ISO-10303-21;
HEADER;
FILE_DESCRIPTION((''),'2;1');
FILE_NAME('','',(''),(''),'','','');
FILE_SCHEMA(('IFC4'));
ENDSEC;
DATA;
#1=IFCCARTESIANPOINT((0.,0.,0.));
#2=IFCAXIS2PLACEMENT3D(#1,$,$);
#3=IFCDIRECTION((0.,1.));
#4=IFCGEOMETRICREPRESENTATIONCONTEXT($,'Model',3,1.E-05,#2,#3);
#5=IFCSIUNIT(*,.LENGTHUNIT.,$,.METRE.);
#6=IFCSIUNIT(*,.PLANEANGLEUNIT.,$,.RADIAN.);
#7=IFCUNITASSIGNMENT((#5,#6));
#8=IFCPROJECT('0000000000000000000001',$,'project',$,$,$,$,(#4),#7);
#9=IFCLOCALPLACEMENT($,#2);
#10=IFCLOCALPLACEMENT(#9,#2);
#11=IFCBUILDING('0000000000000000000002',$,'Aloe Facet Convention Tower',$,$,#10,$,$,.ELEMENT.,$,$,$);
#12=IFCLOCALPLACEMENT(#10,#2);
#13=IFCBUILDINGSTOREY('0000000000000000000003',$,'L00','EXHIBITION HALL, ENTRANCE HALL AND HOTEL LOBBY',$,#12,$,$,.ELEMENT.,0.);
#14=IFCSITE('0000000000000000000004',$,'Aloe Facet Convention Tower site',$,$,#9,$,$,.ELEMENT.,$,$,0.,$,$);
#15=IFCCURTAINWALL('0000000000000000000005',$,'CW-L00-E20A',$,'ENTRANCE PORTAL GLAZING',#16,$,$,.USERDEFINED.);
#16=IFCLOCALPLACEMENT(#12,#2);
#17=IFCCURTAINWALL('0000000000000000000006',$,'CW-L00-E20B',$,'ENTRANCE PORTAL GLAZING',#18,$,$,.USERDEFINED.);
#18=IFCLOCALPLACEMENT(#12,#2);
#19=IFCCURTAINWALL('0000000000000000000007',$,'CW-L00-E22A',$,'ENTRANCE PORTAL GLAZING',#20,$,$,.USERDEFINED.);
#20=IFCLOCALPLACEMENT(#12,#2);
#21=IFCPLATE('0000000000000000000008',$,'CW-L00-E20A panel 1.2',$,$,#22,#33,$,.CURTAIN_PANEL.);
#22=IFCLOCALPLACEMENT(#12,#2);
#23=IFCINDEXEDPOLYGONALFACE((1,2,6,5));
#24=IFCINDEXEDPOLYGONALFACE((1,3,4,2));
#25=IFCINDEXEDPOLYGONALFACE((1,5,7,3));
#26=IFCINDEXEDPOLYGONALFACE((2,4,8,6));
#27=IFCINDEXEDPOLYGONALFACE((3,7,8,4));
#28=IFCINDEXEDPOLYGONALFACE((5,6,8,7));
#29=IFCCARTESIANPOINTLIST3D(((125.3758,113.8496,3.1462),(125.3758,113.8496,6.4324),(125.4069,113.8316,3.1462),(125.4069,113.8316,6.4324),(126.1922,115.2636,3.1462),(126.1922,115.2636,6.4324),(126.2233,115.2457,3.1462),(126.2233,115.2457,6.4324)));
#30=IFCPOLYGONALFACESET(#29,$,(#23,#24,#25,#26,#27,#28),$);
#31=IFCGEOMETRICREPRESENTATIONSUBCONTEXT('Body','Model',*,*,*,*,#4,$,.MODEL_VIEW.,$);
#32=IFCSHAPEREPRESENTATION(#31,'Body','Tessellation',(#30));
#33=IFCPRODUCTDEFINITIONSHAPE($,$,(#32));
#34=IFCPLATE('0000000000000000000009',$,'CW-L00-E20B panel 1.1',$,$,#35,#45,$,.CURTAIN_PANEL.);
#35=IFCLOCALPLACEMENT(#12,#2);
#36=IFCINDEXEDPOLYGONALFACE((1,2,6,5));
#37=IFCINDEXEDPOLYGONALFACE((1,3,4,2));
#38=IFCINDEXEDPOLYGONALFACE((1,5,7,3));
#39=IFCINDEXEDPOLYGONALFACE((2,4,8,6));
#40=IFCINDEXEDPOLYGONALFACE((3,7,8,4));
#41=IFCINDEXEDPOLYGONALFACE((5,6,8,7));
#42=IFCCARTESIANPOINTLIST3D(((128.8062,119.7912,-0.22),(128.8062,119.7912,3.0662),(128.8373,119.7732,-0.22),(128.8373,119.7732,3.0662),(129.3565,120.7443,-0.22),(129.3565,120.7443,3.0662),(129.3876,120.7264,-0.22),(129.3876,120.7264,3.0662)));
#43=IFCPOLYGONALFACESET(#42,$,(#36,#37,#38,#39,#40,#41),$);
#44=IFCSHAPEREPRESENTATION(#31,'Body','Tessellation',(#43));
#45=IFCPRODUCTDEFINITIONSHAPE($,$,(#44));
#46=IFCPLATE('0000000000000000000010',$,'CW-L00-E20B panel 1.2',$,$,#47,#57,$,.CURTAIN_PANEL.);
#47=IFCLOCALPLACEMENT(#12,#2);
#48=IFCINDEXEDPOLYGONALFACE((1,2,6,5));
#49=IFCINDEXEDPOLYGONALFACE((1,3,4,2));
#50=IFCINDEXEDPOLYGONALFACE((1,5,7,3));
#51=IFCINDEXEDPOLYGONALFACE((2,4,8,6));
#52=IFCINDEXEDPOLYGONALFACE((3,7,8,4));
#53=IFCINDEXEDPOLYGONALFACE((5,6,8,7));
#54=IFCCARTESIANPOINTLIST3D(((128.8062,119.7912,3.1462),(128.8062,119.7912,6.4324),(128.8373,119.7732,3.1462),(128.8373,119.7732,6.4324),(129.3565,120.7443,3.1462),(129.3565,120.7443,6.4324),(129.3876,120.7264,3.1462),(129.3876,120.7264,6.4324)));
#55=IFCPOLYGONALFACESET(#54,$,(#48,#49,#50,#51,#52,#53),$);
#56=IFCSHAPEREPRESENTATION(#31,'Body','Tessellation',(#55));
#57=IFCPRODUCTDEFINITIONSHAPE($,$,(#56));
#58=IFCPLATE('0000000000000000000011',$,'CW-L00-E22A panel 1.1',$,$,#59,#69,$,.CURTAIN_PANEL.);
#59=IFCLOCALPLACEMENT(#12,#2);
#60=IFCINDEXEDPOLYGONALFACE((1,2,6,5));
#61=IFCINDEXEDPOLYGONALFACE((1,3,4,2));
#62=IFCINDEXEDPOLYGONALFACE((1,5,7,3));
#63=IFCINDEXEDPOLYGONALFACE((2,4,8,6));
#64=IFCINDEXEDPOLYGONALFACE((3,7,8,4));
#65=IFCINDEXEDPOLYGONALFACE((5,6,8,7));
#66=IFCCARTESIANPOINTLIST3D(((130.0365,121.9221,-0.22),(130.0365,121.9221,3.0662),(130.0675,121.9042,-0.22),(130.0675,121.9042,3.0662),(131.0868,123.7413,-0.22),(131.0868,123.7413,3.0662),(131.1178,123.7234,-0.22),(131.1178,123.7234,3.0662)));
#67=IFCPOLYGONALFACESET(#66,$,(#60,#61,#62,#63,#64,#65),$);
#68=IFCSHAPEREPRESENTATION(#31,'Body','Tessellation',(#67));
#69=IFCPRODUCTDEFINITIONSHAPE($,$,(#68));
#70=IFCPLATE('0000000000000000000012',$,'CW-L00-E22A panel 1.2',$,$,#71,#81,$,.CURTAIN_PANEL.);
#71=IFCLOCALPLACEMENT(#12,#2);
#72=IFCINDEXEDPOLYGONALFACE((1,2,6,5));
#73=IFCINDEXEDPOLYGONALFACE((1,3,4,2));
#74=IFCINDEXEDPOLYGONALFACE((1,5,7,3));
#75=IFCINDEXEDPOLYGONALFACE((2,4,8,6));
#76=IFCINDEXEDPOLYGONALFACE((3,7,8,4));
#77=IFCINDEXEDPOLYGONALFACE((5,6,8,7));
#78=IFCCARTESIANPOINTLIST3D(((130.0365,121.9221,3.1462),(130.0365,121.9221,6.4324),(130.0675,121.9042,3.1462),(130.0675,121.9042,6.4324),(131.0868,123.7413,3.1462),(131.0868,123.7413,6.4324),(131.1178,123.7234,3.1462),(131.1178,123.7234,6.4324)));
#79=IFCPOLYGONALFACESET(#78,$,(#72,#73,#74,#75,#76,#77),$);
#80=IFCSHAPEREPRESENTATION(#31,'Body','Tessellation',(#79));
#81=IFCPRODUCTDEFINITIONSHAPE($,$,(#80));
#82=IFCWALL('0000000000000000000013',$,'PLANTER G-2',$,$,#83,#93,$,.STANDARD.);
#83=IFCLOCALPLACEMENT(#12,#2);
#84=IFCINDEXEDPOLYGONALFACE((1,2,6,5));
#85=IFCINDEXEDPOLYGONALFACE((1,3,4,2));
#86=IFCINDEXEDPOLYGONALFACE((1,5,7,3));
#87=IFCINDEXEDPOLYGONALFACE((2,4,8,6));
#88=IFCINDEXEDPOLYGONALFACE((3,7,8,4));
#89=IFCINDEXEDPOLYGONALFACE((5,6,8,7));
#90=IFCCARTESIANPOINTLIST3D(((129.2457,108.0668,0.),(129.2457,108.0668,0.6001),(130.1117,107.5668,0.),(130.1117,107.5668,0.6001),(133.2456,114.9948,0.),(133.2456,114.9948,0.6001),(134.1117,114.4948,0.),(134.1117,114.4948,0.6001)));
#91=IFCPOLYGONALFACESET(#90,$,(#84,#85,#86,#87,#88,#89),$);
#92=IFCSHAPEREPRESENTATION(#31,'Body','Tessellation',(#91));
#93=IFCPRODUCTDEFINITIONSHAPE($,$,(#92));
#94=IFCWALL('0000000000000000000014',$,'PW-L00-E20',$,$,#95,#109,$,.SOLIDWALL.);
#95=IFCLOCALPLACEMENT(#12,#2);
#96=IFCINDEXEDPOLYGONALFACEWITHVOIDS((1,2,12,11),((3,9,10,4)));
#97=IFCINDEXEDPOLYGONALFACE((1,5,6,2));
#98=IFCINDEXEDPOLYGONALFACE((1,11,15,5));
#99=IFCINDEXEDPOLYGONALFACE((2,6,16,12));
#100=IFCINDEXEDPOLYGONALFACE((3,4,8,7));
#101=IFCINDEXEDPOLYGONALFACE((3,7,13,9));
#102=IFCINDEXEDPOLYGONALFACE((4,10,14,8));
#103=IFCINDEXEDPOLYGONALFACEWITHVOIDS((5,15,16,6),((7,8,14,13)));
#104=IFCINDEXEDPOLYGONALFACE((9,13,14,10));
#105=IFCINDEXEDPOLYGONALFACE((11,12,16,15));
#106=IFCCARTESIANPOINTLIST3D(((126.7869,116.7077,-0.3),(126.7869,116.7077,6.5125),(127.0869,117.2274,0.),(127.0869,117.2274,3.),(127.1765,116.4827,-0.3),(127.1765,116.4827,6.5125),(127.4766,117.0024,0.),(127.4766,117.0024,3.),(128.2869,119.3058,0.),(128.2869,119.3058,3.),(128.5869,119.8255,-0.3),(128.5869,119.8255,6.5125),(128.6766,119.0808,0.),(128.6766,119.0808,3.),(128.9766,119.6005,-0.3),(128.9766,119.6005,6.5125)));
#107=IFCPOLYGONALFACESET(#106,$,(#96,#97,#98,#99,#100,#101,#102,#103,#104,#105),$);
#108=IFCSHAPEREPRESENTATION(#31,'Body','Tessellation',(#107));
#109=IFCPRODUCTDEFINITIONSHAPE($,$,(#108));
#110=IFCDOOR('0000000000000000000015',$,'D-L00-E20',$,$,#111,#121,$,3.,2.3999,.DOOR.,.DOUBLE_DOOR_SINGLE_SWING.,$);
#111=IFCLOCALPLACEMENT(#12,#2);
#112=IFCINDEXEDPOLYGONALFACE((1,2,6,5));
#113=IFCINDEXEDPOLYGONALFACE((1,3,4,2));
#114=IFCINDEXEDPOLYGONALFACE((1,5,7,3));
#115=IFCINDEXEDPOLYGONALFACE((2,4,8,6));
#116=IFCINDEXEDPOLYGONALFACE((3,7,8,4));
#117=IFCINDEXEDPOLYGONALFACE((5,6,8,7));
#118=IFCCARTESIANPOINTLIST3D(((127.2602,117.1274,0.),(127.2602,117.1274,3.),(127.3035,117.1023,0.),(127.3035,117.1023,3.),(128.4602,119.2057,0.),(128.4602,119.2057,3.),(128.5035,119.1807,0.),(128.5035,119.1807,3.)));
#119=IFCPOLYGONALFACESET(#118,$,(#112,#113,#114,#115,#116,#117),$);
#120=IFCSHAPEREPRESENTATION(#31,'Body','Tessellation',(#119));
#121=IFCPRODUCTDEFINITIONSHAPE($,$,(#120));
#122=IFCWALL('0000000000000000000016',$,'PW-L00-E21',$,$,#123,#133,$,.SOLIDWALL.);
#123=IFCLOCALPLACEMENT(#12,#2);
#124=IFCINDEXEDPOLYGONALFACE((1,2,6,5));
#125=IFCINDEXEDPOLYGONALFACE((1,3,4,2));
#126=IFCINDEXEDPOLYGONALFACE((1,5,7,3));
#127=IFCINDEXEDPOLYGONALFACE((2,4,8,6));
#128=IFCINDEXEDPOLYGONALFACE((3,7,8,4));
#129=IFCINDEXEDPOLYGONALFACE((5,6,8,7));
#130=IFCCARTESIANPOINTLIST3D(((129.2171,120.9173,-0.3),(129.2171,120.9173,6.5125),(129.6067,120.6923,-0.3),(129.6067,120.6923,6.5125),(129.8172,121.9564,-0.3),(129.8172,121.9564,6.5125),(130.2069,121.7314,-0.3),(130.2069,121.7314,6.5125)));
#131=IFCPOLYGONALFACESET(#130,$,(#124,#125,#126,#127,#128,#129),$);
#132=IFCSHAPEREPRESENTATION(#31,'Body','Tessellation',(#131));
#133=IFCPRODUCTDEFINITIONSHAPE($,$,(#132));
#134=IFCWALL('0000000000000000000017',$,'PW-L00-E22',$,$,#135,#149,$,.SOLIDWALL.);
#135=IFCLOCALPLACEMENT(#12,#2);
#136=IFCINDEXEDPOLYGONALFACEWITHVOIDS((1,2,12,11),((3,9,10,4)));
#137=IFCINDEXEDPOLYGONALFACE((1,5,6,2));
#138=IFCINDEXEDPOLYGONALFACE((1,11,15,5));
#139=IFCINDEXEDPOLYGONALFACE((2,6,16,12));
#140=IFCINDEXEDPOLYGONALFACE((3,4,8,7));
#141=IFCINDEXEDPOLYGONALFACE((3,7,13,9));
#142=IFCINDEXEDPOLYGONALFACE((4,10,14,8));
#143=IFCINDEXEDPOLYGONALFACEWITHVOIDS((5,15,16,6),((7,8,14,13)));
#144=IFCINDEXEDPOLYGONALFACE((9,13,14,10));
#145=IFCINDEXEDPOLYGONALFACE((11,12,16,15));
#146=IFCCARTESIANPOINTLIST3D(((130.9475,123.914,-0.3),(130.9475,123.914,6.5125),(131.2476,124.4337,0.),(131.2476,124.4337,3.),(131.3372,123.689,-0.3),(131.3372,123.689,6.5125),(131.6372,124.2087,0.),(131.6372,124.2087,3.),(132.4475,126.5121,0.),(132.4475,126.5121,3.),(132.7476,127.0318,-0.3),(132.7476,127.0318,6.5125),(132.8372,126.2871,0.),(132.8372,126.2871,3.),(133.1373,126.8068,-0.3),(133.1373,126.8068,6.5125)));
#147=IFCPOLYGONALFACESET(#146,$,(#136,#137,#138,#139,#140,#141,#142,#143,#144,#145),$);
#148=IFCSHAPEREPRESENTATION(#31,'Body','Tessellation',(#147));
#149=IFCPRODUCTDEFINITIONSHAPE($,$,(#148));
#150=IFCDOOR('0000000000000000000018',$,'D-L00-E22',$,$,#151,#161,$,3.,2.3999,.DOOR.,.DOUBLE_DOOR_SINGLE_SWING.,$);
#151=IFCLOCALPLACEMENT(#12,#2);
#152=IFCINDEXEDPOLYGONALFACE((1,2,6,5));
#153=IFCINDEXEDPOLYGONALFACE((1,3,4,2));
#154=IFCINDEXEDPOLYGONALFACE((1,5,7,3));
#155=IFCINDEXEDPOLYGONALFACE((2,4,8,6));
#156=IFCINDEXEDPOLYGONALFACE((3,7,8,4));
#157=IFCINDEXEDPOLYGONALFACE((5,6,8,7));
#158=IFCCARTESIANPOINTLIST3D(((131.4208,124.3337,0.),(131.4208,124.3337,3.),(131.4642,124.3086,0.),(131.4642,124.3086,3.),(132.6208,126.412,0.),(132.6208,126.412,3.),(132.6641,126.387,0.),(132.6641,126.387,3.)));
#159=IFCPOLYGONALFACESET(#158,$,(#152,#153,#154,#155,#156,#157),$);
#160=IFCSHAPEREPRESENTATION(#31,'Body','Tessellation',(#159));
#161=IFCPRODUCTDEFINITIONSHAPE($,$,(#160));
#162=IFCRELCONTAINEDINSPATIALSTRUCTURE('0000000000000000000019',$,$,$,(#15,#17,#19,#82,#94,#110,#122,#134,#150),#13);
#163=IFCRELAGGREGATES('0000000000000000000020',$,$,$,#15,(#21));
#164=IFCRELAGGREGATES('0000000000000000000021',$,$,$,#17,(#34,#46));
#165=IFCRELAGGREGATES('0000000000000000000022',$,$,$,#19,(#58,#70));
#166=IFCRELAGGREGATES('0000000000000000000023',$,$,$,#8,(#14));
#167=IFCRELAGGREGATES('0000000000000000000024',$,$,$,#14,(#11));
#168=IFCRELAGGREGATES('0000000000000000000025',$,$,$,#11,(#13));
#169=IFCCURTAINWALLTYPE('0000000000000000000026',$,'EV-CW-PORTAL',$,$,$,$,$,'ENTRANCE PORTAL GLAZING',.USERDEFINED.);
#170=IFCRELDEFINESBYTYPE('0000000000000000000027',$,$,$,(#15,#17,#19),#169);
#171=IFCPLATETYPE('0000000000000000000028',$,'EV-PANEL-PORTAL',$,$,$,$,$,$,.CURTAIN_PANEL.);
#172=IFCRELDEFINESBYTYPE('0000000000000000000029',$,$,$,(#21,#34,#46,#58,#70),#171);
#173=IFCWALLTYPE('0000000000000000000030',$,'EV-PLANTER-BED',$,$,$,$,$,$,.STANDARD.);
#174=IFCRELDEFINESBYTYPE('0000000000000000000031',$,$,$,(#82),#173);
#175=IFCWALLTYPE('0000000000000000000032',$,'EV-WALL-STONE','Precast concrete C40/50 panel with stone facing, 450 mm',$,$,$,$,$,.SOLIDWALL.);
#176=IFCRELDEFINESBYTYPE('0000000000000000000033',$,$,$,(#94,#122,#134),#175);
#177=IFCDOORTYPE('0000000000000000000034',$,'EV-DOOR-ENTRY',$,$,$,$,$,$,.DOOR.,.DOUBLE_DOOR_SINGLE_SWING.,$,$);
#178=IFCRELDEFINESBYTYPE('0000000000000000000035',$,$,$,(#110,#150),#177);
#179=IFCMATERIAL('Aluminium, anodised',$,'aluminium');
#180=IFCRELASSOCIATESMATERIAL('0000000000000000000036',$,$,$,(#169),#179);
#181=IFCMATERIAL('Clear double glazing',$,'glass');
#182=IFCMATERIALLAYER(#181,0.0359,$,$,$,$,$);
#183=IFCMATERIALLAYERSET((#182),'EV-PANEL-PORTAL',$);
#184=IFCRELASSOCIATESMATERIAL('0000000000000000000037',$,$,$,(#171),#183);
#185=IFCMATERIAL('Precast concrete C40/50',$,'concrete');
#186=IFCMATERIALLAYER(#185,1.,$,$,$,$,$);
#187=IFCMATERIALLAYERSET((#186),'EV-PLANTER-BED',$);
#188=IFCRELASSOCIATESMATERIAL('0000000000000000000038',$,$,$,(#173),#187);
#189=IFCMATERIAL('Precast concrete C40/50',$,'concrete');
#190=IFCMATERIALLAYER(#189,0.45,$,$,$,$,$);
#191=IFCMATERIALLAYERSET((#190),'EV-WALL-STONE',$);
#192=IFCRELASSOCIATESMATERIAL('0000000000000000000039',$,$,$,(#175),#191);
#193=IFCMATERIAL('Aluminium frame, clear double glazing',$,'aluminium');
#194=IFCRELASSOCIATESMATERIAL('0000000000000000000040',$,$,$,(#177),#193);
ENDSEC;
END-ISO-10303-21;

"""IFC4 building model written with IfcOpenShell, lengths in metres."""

from ifc_helpers import new_model, si_unit, direction, frame, frame_2d, origin, origin_2d, place, context, subcontext, project, spatial, rectangle, extrude, material, layer, layer_set, type_object, element, fill, aggregate, save


model = new_model("IFC4")

# Units and contexts
model_context = context("Model", 3, precision=1e-05, world=origin(), true_north=direction((0.0, 1.0)))
body_context = subcontext(model_context, "Body", "Model", "MODEL_VIEW")
ifc_project = project(units=[si_unit("LENGTHUNIT", "METRE"), si_unit("PLANEANGLEUNIT", "RADIAN")], contexts=[model_context])

# Site, building, storey
site_placement = place(None, origin())
site = spatial("IfcSite", under=ifc_project, at=site_placement, Name="Aloe Facet Convention Tower site", CompositionType="ELEMENT", RefElevation=0.0)
building_placement = place(site_placement, origin())
building = spatial("IfcBuilding", under=site, at=building_placement, Name="Aloe Facet Convention Tower", CompositionType="ELEMENT")
storey_placement = place(building_placement, origin())
storey = spatial("IfcBuildingStorey", under=building, at=storey_placement, Name="L00", Description="EXHIBITION HALL, ENTRANCE HALL AND HOTEL LOBBY", CompositionType="ELEMENT", Elevation=0.0)

# Curtain walls
ifc_material_1 = material(Name="Aluminium, anodised", Category="aluminium")
curtain_wall_type = type_object("IfcCurtainWallType", Name="EV-CW-PORTAL", ElementType="ENTRANCE PORTAL GLAZING", PredefinedType="USERDEFINED", material=ifc_material_1)
curtain_wall_1_placement = place(storey_placement, origin())
curtain_wall_1 = element("IfcCurtainWall", 1, at=curtain_wall_1_placement, inside=storey, type_object=curtain_wall_type, Name="CW-L00-E20A", ObjectType="ENTRANCE PORTAL GLAZING", PredefinedType="USERDEFINED")
curtain_wall_2_placement = place(storey_placement, origin())
curtain_wall_2 = element("IfcCurtainWall", 2, at=curtain_wall_2_placement, inside=storey, type_object=curtain_wall_type, Name="CW-L00-E20B", ObjectType="ENTRANCE PORTAL GLAZING", PredefinedType="USERDEFINED")
curtain_wall_3_placement = place(storey_placement, origin())
curtain_wall_3 = element("IfcCurtainWall", 3, at=curtain_wall_3_placement, inside=storey, type_object=curtain_wall_type, Name="CW-L00-E22A", ObjectType="ENTRANCE PORTAL GLAZING", PredefinedType="USERDEFINED")

# Plates
ifc_material_2 = material(Name="Clear double glazing", Category="glass")
ifc_layer_1 = layer(ifc_material_2, 0.0359)
ifc_layer_set_1 = layer_set([ifc_layer_1], Name="EV-PANEL-PORTAL")
plate_type = type_object("IfcPlateType", Name="EV-PANEL-PORTAL", PredefinedType="CURTAIN_PANEL", material=ifc_layer_set_1)
plate_1_placement = place(storey_placement, frame((125.7996, 114.5476, 3.1462), z_axis=(0.0, 0.0, 1.0), x_axis=(0.5, 0.866025, 0.0)))
plate_1 = element("IfcPlate", 4, at=plate_1_placement, type_object=plate_type, Name="CW-L00-E20A panel 1.2", PredefinedType="CURTAIN_PANEL", context=body_context, shape_type="SweptSolid", body=[
    extrude(rectangle(XDim=1.6328, YDim=0.0359, at=origin_2d()), origin(), (0.0, 0.0, 1.0), 3.2861),
])
aggregate(curtain_wall_1, [plate_1])
plate_2_placement = place(storey_placement, frame((129.0969, 120.2588, -0.22), z_axis=(0.0, 0.0, 1.0), x_axis=(0.5, 0.866025, 0.0)))
plate_2 = element("IfcPlate", 5, at=plate_2_placement, type_object=plate_type, Name="CW-L00-E20B panel 1.1", PredefinedType="CURTAIN_PANEL", context=body_context, shape_type="SweptSolid", body=[
    extrude(rectangle(XDim=1.1006, YDim=0.0359, at=origin_2d()), origin(), (0.0, 0.0, 1.0), 3.2861),
])
plate_3_placement = place(storey_placement, frame((129.0969, 120.2588, 3.1462), z_axis=(0.0, 0.0, 1.0), x_axis=(0.5, 0.866025, 0.0)))
plate_3 = element("IfcPlate", 6, at=plate_3_placement, type_object=plate_type, Name="CW-L00-E20B panel 1.2", PredefinedType="CURTAIN_PANEL", context=body_context, shape_type="SweptSolid", body=[
    extrude(rectangle(XDim=1.1006, YDim=0.0359, at=origin_2d()), origin(), (0.0, 0.0, 1.0), 3.2861),
])
aggregate(curtain_wall_2, [plate_2, plate_3])
plate_4_placement = place(storey_placement, frame((130.5771, 122.8228, -0.22), z_axis=(0.0, 0.0, 1.0), x_axis=(0.5, 0.866025, 0.0)))
plate_4 = element("IfcPlate", 7, at=plate_4_placement, type_object=plate_type, Name="CW-L00-E22A panel 1.1", PredefinedType="CURTAIN_PANEL", context=body_context, shape_type="SweptSolid", body=[
    extrude(rectangle(XDim=2.1006, YDim=0.0359, at=origin_2d()), origin(), (0.0, 0.0, 1.0), 3.2861),
])
plate_5_placement = place(storey_placement, frame((130.5771, 122.8228, 3.1462), z_axis=(0.0, 0.0, 1.0), x_axis=(0.5, 0.866025, 0.0)))
plate_5 = element("IfcPlate", 8, at=plate_5_placement, type_object=plate_type, Name="CW-L00-E22A panel 1.2", PredefinedType="CURTAIN_PANEL", context=body_context, shape_type="SweptSolid", body=[
    extrude(rectangle(XDim=2.1006, YDim=0.0359, at=origin_2d()), origin(), (0.0, 0.0, 1.0), 3.2861),
])
aggregate(curtain_wall_3, [plate_4, plate_5])

# Wall
ifc_material_3 = material(Name="Precast concrete C40/50", Category="concrete")
ifc_layer_2 = layer(ifc_material_3, 1.0)
ifc_layer_set_2 = layer_set([ifc_layer_2], Name="EV-PLANTER-BED")
wall_type_1 = type_object("IfcWallType", Name="EV-PLANTER-BED", PredefinedType="STANDARD", material=ifc_layer_set_2)
wall_1_placement = place(storey_placement, frame((133.6787, 114.7449, 0.0), z_axis=(0.0, 0.0, 1.0), x_axis=(-0.500012, -0.866018, 0.0)))
element("IfcWall", 9, at=wall_1_placement, inside=storey, type_object=wall_type_1, Name="PLANTER G-2", PredefinedType="STANDARD", context=body_context, shape_type="SweptSolid", body=[
    extrude(rectangle(XDim=7.9998, YDim=1.0, at=frame_2d((4.0, 0.0))), origin(), (0.0, 0.0, 1.0), 0.6001),
])

# Wall, opening, door
ifc_material_4 = material(Name="Precast concrete C40/50", Category="concrete")
ifc_layer_3 = layer(ifc_material_4, 0.45)
ifc_layer_set_3 = layer_set([ifc_layer_3], Name="EV-WALL-STONE")
wall_type_2 = type_object("IfcWallType", Name="EV-WALL-STONE", Description="Precast concrete C40/50 panel with stone facing, 450 mm", PredefinedType="SOLIDWALL", material=ifc_layer_set_3)
wall_2_placement = place(storey_placement, frame((126.9817, 116.5952, -0.3), z_axis=(0.0, 0.0, 1.0), x_axis=(0.500012, 0.866018, 0.0)))
wall_2 = element("IfcWall", 10, at=wall_2_placement, inside=storey, type_object=wall_type_2, Name="PW-L00-E20", PredefinedType="SOLIDWALL", context=body_context, shape_type="SweptSolid", body=[
    extrude(rectangle(XDim=3.6001, YDim=0.45, at=frame_2d((1.8, 0.0))), origin(), (0.0, 0.0, 1.0), 6.8125),
])
opening_1_placement = place(wall_2_placement, frame((0.6001, 0.0, 0.3)))
opening_1 = element("IfcOpeningElement", 11, at=opening_1_placement, cuts=wall_2, PredefinedType="OPENING", context=body_context, shape_type="SweptSolid", body=[
    extrude(rectangle(XDim=2.3999, YDim=3.0, at=frame_2d((1.2, 1.5))), frame((0.0, 0.2349, 0.0), z_axis=(0.0, -1.0, 0.0), x_axis=(1.0, 0.0, 0.0)), (0.0, 0.0, 1.0), 0.47),
])
ifc_material_5 = material(Name="Aluminium frame, clear double glazing", Category="aluminium")
door_type_1 = type_object("IfcDoorType", Name="EV-DOOR-ENTRY", OperationType="DOUBLE_DOOR_SINGLE_SWING", PredefinedType="DOOR", material=ifc_material_5)
door_1_placement = place(opening_1_placement, origin())
door_1 = element("IfcDoor", 12, at=door_1_placement, inside=storey, type_object=door_type_1, Name="D-L00-E20", OperationType="DOUBLE_DOOR_SINGLE_SWING", OverallHeight=3.0, OverallWidth=2.3999, PredefinedType="DOOR", context=body_context, shape_type="SweptSolid", body=[
    extrude(rectangle(XDim=2.3999, YDim=3.0, at=frame_2d((1.2, 1.5))), frame((0.0, 0.0249, 0.0), z_axis=(0.0, -1.0, 0.0), x_axis=(1.0, 0.0, 0.0)), (0.0, 0.0, 1.0), 0.05),
])
fill(opening_1, door_1)

# Wall
wall_3_placement = place(storey_placement, frame((129.4119, 120.8047, -0.3), z_axis=(0.0, 0.0, 1.0), x_axis=(0.500122, 0.865955, 0.0)))
element("IfcWall", 13, at=wall_3_placement, inside=storey, type_object=wall_type_2, Name="PW-L00-E21", PredefinedType="SOLIDWALL", context=body_context, shape_type="SweptSolid", body=[
    extrude(rectangle(XDim=1.2, YDim=0.45, at=frame_2d((0.6001, 0.0))), origin(), (0.0, 0.0, 1.0), 6.8125),
])

# Wall, opening, door
wall_4_placement = place(storey_placement, frame((131.1423, 123.8015, -0.3), z_axis=(0.0, 0.0, 1.0), x_axis=(0.500012, 0.866018, 0.0)))
wall_4 = element("IfcWall", 14, at=wall_4_placement, inside=storey, type_object=wall_type_2, Name="PW-L00-E22", PredefinedType="SOLIDWALL", context=body_context, shape_type="SweptSolid", body=[
    extrude(rectangle(XDim=3.6001, YDim=0.45, at=frame_2d((1.8, 0.0))), origin(), (0.0, 0.0, 1.0), 6.8125),
])
opening_2_placement = place(wall_4_placement, frame((0.6001, 0.0, 0.3)))
opening_2 = element("IfcOpeningElement", 15, at=opening_2_placement, cuts=wall_4, PredefinedType="OPENING", context=body_context, shape_type="SweptSolid", body=[
    extrude(rectangle(XDim=2.3999, YDim=3.0, at=frame_2d((1.2, 1.5))), frame((0.0, 0.2349, 0.0), z_axis=(0.0, -1.0, 0.0), x_axis=(1.0, 0.0, 0.0)), (0.0, 0.0, 1.0), 0.47),
])
door_2_placement = place(opening_2_placement, origin())
door_2 = element("IfcDoor", 16, at=door_2_placement, inside=storey, type_object=door_type_1, Name="D-L00-E22", OperationType="DOUBLE_DOOR_SINGLE_SWING", OverallHeight=3.0, OverallWidth=2.3999, PredefinedType="DOOR", context=body_context, shape_type="SweptSolid", body=[
    extrude(rectangle(XDim=2.3999, YDim=3.0, at=frame_2d((1.2, 1.5))), frame((0.0, 0.0249, 0.0), z_axis=(0.0, -1.0, 0.0), x_axis=(1.0, 0.0, 0.0)), (0.0, 0.0, 1.0), 0.05),
])
fill(opening_2, door_2)

save(model, "model.ifc")
